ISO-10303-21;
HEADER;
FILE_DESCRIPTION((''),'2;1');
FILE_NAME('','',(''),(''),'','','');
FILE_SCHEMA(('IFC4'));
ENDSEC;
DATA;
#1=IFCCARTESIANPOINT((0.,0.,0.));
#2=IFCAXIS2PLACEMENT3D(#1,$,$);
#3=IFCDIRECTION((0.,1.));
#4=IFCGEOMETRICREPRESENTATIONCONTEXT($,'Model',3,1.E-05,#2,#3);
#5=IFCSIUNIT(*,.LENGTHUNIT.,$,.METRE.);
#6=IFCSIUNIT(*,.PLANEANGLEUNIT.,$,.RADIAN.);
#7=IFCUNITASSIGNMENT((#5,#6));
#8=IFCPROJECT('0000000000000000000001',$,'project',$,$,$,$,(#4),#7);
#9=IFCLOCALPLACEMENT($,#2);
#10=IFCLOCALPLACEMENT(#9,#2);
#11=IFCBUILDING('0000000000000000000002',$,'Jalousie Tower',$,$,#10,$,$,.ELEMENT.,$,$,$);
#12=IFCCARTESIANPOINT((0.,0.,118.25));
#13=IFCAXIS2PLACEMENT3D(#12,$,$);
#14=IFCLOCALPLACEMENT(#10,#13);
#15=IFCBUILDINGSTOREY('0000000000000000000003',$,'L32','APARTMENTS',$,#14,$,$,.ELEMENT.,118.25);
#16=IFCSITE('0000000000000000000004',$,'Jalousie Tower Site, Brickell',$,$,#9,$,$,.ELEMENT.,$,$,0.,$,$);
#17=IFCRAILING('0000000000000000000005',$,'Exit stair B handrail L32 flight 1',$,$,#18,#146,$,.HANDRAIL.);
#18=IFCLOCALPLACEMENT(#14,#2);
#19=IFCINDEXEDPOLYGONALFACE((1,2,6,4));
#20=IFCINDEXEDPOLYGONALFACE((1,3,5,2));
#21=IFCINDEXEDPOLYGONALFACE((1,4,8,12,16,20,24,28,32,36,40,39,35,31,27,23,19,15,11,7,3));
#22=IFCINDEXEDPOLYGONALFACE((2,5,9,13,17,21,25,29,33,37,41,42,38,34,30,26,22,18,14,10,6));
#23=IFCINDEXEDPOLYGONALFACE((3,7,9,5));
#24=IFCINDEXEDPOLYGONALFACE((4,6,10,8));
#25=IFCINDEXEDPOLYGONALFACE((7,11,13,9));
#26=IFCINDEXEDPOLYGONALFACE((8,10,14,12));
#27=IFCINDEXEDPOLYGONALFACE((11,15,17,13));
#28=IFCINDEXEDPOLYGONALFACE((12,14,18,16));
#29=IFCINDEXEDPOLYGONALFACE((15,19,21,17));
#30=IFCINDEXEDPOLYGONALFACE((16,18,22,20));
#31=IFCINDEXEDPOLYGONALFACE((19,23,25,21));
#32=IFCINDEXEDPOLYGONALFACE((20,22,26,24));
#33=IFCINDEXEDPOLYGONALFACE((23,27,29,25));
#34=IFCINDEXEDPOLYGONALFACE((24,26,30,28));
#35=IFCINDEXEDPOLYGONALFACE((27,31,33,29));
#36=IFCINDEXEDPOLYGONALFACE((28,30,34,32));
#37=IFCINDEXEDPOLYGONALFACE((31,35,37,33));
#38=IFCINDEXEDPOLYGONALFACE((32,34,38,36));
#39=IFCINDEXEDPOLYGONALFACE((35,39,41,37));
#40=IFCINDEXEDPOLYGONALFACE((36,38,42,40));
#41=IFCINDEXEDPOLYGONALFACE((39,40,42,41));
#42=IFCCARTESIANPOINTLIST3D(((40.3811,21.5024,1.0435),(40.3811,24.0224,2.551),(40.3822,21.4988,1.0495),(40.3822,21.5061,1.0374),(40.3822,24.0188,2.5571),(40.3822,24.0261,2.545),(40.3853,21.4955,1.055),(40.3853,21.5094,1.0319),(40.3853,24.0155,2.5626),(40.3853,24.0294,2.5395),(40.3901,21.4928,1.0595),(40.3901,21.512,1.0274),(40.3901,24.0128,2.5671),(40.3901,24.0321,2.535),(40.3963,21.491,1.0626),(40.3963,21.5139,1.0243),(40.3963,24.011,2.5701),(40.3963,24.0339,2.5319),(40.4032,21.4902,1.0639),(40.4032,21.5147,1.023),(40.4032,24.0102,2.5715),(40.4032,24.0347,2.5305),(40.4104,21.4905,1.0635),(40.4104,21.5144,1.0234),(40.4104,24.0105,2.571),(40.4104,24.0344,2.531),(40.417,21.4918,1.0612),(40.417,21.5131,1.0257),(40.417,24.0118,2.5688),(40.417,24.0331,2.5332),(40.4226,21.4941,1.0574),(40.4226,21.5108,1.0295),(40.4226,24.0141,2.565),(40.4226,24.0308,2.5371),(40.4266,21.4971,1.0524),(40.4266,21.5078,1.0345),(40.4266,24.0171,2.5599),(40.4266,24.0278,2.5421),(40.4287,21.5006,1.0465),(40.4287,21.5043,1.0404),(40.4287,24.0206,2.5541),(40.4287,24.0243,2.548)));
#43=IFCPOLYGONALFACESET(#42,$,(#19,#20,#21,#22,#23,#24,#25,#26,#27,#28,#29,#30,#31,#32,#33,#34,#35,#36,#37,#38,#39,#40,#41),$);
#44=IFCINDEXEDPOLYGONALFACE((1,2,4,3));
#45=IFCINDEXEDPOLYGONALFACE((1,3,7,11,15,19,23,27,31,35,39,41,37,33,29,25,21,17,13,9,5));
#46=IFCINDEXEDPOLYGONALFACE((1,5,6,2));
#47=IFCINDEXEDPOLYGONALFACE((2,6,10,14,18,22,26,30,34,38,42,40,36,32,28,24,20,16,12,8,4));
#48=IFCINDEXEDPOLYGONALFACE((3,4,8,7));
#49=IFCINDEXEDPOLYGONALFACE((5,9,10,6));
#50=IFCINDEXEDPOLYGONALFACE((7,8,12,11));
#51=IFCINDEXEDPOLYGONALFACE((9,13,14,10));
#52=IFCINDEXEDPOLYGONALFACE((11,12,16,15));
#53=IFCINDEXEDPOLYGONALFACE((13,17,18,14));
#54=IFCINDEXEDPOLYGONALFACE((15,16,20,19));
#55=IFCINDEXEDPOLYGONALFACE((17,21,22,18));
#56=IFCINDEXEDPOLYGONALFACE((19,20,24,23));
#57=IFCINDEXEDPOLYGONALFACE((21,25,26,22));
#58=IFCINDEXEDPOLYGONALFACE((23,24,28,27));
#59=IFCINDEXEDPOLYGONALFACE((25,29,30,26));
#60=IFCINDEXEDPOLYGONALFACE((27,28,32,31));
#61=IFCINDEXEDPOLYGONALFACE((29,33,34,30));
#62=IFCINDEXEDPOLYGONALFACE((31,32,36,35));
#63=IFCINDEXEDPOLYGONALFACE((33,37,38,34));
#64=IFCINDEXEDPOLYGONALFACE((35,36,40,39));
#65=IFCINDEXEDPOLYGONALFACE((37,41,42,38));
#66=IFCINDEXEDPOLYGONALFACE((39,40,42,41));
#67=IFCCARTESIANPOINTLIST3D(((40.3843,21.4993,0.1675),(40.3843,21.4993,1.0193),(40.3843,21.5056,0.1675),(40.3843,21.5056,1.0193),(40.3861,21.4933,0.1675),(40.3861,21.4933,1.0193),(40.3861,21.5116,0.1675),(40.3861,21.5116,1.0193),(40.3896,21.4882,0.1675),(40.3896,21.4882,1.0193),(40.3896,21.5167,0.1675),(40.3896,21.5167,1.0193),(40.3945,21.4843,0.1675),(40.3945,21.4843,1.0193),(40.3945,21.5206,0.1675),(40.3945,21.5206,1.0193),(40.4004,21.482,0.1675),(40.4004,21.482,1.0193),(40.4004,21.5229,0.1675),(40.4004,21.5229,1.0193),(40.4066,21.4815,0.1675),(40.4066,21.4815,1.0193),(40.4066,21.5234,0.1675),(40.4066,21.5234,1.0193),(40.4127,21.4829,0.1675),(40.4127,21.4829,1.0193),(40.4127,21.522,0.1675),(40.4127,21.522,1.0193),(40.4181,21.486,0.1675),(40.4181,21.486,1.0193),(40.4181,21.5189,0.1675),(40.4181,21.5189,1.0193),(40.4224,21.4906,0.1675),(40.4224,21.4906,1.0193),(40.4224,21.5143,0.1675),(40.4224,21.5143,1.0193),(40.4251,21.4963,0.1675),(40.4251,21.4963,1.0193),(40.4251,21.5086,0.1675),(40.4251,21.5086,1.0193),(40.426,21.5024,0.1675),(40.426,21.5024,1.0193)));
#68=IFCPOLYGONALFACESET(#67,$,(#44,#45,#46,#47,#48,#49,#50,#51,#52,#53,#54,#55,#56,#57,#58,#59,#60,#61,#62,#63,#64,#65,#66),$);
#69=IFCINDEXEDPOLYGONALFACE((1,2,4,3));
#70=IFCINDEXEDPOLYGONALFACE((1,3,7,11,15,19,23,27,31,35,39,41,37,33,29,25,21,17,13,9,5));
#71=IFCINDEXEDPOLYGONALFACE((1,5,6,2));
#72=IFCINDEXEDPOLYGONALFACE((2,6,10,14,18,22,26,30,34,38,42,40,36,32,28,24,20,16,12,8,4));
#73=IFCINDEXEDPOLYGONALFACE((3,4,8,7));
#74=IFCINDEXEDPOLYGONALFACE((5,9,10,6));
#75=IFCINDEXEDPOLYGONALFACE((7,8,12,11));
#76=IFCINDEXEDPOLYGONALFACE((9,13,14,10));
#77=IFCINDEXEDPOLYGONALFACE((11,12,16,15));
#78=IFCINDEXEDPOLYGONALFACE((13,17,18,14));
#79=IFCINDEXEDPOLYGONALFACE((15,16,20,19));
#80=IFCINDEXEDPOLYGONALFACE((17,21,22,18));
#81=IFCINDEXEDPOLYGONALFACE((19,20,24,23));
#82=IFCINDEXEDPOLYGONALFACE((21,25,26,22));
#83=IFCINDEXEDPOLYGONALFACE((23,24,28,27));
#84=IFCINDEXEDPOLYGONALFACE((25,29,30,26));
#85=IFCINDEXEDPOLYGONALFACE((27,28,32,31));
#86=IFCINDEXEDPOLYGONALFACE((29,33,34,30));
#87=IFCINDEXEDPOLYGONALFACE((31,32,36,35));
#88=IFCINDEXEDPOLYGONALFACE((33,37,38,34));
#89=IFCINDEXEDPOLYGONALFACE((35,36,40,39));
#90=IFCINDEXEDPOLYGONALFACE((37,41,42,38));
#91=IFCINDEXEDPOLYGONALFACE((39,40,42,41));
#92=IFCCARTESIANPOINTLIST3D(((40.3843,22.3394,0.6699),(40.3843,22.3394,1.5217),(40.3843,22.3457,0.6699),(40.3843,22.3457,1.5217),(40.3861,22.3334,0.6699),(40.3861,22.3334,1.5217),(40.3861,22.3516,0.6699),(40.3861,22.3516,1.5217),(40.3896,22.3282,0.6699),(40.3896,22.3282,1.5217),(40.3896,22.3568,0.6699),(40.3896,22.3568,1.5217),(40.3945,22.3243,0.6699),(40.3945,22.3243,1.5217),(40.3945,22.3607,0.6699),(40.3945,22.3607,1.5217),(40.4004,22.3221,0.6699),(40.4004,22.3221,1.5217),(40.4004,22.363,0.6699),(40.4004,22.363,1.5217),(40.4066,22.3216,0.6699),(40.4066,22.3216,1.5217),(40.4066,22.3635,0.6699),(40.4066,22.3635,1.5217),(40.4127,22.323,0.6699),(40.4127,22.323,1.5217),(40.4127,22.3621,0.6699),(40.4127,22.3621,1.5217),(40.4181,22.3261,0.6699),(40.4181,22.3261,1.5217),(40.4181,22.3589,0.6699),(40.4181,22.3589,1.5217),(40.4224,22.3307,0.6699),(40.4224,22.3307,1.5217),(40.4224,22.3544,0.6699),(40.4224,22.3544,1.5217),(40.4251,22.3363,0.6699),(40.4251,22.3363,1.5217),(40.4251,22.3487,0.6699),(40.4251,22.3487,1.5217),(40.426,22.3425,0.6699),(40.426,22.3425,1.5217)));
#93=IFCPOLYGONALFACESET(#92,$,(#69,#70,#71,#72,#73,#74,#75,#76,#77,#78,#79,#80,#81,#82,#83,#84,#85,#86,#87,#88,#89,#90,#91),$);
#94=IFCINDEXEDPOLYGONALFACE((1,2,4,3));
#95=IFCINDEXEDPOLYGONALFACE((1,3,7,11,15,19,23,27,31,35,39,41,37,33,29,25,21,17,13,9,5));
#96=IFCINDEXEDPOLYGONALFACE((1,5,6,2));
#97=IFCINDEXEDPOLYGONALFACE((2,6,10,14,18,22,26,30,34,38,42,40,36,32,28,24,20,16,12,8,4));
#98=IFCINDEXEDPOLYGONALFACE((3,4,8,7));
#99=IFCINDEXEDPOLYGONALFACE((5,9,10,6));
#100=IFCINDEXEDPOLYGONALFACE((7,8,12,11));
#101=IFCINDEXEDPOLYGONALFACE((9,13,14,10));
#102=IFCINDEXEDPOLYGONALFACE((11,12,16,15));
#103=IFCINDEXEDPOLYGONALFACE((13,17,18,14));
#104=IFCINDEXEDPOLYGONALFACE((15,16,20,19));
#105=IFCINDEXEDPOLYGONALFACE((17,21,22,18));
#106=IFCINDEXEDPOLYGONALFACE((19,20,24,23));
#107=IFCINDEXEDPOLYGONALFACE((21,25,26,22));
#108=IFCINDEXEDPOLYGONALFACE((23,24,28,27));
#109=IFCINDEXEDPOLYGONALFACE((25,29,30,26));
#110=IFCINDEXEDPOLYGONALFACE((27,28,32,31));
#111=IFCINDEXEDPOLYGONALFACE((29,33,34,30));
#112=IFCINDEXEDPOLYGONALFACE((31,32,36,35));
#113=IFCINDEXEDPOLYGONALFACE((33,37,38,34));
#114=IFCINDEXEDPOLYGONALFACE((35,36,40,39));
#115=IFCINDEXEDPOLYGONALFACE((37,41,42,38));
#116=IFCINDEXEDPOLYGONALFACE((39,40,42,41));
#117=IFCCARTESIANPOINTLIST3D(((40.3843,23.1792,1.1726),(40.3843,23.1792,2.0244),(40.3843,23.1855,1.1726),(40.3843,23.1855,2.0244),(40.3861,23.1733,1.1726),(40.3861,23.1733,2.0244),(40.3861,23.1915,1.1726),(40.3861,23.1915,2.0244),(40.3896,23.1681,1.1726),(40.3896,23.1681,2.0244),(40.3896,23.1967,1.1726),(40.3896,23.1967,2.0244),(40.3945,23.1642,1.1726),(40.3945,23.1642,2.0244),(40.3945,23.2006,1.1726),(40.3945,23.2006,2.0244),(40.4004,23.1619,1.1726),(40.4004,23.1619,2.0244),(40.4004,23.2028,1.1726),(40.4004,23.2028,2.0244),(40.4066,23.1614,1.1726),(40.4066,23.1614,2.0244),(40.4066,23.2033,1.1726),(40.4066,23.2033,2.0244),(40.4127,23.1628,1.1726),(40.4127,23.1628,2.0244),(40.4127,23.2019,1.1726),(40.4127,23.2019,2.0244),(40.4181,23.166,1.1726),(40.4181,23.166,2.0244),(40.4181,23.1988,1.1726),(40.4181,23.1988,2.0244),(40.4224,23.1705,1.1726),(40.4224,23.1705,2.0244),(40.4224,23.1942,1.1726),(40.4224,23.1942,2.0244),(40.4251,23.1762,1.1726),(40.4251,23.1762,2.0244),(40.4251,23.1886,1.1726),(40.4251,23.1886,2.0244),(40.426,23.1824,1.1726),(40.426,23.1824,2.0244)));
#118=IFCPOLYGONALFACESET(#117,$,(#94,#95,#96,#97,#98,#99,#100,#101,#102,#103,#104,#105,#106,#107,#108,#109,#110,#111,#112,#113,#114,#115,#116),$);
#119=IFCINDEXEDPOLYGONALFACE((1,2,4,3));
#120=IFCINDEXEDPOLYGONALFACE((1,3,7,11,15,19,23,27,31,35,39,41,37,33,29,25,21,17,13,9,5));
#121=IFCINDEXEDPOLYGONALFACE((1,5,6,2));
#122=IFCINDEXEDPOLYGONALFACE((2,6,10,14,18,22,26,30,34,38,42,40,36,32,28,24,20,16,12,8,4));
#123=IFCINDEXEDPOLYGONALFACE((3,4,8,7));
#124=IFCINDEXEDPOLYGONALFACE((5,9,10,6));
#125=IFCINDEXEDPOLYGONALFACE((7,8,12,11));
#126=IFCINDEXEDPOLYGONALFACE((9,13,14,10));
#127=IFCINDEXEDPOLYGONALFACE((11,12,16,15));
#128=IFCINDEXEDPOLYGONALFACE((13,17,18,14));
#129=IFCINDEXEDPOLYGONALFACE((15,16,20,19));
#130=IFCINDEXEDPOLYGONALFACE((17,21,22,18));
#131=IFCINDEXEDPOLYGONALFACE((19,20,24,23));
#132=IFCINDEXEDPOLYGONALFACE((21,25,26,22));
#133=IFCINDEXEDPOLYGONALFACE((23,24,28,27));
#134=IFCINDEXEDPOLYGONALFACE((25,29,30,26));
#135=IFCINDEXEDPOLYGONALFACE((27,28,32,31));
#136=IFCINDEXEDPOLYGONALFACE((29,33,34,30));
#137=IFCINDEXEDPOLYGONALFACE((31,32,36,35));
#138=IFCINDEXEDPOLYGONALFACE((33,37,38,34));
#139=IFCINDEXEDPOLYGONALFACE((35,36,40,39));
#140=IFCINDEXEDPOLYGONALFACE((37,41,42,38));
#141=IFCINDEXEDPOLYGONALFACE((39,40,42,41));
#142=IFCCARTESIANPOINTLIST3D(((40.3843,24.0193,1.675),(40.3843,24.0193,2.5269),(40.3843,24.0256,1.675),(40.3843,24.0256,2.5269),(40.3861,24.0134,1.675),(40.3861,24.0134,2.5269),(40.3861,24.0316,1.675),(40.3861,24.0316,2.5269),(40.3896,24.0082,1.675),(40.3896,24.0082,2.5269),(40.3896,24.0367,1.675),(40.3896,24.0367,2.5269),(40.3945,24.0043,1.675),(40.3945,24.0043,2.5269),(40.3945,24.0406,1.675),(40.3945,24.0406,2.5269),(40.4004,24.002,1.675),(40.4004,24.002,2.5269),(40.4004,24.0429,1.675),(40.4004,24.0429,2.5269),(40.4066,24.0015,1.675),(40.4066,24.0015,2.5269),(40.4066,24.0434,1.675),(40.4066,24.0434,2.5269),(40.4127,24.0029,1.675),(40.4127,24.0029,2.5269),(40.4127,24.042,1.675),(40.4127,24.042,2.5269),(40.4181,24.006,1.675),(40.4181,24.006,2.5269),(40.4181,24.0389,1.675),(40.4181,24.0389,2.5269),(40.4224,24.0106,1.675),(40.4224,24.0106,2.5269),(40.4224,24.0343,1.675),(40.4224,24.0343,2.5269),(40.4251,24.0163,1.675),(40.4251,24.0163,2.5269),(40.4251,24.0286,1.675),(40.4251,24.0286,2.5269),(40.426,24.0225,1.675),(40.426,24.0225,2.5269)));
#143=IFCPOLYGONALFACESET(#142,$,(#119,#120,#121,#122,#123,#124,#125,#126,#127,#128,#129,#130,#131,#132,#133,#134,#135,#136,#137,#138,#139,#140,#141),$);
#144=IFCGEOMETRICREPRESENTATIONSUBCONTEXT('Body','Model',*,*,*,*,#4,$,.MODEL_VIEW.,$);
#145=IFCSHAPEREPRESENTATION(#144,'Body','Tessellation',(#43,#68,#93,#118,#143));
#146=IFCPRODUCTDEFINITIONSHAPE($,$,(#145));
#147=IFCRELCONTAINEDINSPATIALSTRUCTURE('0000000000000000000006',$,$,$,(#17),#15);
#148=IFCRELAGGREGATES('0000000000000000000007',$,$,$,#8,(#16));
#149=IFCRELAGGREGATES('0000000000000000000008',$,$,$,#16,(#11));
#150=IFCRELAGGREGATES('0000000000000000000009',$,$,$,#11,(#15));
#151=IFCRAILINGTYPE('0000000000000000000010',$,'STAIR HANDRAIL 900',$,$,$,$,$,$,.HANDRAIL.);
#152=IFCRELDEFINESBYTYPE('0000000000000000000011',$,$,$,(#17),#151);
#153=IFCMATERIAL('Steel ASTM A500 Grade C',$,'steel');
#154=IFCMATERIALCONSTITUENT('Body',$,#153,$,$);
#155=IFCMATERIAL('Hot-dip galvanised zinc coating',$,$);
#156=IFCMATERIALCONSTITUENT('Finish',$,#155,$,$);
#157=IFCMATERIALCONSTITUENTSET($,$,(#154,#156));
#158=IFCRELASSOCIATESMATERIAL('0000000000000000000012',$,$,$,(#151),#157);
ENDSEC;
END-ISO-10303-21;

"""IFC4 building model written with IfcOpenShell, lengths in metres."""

from ifc_helpers import new_model, si_unit, direction, frame, origin, origin_2d, place, context, subcontext, project, spatial, circle, extrude, material, constituent, constituent_set, type_object, element, save


model = new_model("IFC4")

# Units and contexts
model_context = context("Model", 3, precision=1e-05, world=origin(), true_north=direction((0.0, 1.0)))
body_context = subcontext(model_context, "Body", "Model", "MODEL_VIEW")
ifc_project = project(units=[si_unit("LENGTHUNIT", "METRE"), si_unit("PLANEANGLEUNIT", "RADIAN")], contexts=[model_context])

# Site, building, storey
site_placement = place(None, origin())
site = spatial("IfcSite", under=ifc_project, at=site_placement, Name="Jalousie Tower Site, Brickell", CompositionType="ELEMENT", RefElevation=0.0)
building_placement = place(site_placement, origin())
building = spatial("IfcBuilding", under=site, at=building_placement, Name="Jalousie Tower", CompositionType="ELEMENT")
storey_placement = place(building_placement, frame((0.0, 0.0, 118.25)))
storey = spatial("IfcBuildingStorey", under=building, at=storey_placement, Name="L32", Description="APARTMENTS", CompositionType="ELEMENT", Elevation=118.25)

# Railing
ifc_material_1 = material(Name="Steel ASTM A500 Grade C", Category="steel")
ifc_constituent_1 = constituent(ifc_material_1, Name="Body")
ifc_material_2 = material(Name="Hot-dip galvanised zinc coating")
ifc_constituent_2 = constituent(ifc_material_2, Name="Finish")
ifc_constituent_set_1 = constituent_set(constituents=[ifc_constituent_1, ifc_constituent_2])
railing_type_1 = type_object("IfcRailingType", Name="STAIR HANDRAIL 900", PredefinedType="HANDRAIL", material=ifc_constituent_set_1)
railing_1_placement = place(storey_placement, frame((40.405, 21.5024, 0.1675)))
element("IfcRailing", 1, at=railing_1_placement, inside=storey, type_object=railing_type_1, Name="Exit stair B handrail L32 flight 1", PredefinedType="HANDRAIL", context=body_context, shape_type="SweptSolid", body=[
    extrude(circle(Radius=0.0239, at=origin_2d()), frame((0.0, 0.0, 0.876), z_axis=(0.0, 0.85816, 0.513383), x_axis=(-1.0, 0.0, 0.0)), (0.0, 0.0, 1.0), 2.9365),
    extrude(circle(Radius=0.021, at=origin_2d()), origin(), (0.0, 0.0, 1.0), 0.8518),
    extrude(circle(Radius=0.021, at=origin_2d()), frame((0.0, 0.8401, 0.5024)), (0.0, 0.0, 1.0), 0.8518),
    extrude(circle(Radius=0.021, at=origin_2d()), frame((0.0, 1.6799, 1.0051)), (0.0, 0.0, 1.0), 0.8518),
    extrude(circle(Radius=0.021, at=origin_2d()), frame((0.0, 2.52, 1.5076)), (0.0, 0.0, 1.0), 0.8518),
])

save(model, "model.ifc")
